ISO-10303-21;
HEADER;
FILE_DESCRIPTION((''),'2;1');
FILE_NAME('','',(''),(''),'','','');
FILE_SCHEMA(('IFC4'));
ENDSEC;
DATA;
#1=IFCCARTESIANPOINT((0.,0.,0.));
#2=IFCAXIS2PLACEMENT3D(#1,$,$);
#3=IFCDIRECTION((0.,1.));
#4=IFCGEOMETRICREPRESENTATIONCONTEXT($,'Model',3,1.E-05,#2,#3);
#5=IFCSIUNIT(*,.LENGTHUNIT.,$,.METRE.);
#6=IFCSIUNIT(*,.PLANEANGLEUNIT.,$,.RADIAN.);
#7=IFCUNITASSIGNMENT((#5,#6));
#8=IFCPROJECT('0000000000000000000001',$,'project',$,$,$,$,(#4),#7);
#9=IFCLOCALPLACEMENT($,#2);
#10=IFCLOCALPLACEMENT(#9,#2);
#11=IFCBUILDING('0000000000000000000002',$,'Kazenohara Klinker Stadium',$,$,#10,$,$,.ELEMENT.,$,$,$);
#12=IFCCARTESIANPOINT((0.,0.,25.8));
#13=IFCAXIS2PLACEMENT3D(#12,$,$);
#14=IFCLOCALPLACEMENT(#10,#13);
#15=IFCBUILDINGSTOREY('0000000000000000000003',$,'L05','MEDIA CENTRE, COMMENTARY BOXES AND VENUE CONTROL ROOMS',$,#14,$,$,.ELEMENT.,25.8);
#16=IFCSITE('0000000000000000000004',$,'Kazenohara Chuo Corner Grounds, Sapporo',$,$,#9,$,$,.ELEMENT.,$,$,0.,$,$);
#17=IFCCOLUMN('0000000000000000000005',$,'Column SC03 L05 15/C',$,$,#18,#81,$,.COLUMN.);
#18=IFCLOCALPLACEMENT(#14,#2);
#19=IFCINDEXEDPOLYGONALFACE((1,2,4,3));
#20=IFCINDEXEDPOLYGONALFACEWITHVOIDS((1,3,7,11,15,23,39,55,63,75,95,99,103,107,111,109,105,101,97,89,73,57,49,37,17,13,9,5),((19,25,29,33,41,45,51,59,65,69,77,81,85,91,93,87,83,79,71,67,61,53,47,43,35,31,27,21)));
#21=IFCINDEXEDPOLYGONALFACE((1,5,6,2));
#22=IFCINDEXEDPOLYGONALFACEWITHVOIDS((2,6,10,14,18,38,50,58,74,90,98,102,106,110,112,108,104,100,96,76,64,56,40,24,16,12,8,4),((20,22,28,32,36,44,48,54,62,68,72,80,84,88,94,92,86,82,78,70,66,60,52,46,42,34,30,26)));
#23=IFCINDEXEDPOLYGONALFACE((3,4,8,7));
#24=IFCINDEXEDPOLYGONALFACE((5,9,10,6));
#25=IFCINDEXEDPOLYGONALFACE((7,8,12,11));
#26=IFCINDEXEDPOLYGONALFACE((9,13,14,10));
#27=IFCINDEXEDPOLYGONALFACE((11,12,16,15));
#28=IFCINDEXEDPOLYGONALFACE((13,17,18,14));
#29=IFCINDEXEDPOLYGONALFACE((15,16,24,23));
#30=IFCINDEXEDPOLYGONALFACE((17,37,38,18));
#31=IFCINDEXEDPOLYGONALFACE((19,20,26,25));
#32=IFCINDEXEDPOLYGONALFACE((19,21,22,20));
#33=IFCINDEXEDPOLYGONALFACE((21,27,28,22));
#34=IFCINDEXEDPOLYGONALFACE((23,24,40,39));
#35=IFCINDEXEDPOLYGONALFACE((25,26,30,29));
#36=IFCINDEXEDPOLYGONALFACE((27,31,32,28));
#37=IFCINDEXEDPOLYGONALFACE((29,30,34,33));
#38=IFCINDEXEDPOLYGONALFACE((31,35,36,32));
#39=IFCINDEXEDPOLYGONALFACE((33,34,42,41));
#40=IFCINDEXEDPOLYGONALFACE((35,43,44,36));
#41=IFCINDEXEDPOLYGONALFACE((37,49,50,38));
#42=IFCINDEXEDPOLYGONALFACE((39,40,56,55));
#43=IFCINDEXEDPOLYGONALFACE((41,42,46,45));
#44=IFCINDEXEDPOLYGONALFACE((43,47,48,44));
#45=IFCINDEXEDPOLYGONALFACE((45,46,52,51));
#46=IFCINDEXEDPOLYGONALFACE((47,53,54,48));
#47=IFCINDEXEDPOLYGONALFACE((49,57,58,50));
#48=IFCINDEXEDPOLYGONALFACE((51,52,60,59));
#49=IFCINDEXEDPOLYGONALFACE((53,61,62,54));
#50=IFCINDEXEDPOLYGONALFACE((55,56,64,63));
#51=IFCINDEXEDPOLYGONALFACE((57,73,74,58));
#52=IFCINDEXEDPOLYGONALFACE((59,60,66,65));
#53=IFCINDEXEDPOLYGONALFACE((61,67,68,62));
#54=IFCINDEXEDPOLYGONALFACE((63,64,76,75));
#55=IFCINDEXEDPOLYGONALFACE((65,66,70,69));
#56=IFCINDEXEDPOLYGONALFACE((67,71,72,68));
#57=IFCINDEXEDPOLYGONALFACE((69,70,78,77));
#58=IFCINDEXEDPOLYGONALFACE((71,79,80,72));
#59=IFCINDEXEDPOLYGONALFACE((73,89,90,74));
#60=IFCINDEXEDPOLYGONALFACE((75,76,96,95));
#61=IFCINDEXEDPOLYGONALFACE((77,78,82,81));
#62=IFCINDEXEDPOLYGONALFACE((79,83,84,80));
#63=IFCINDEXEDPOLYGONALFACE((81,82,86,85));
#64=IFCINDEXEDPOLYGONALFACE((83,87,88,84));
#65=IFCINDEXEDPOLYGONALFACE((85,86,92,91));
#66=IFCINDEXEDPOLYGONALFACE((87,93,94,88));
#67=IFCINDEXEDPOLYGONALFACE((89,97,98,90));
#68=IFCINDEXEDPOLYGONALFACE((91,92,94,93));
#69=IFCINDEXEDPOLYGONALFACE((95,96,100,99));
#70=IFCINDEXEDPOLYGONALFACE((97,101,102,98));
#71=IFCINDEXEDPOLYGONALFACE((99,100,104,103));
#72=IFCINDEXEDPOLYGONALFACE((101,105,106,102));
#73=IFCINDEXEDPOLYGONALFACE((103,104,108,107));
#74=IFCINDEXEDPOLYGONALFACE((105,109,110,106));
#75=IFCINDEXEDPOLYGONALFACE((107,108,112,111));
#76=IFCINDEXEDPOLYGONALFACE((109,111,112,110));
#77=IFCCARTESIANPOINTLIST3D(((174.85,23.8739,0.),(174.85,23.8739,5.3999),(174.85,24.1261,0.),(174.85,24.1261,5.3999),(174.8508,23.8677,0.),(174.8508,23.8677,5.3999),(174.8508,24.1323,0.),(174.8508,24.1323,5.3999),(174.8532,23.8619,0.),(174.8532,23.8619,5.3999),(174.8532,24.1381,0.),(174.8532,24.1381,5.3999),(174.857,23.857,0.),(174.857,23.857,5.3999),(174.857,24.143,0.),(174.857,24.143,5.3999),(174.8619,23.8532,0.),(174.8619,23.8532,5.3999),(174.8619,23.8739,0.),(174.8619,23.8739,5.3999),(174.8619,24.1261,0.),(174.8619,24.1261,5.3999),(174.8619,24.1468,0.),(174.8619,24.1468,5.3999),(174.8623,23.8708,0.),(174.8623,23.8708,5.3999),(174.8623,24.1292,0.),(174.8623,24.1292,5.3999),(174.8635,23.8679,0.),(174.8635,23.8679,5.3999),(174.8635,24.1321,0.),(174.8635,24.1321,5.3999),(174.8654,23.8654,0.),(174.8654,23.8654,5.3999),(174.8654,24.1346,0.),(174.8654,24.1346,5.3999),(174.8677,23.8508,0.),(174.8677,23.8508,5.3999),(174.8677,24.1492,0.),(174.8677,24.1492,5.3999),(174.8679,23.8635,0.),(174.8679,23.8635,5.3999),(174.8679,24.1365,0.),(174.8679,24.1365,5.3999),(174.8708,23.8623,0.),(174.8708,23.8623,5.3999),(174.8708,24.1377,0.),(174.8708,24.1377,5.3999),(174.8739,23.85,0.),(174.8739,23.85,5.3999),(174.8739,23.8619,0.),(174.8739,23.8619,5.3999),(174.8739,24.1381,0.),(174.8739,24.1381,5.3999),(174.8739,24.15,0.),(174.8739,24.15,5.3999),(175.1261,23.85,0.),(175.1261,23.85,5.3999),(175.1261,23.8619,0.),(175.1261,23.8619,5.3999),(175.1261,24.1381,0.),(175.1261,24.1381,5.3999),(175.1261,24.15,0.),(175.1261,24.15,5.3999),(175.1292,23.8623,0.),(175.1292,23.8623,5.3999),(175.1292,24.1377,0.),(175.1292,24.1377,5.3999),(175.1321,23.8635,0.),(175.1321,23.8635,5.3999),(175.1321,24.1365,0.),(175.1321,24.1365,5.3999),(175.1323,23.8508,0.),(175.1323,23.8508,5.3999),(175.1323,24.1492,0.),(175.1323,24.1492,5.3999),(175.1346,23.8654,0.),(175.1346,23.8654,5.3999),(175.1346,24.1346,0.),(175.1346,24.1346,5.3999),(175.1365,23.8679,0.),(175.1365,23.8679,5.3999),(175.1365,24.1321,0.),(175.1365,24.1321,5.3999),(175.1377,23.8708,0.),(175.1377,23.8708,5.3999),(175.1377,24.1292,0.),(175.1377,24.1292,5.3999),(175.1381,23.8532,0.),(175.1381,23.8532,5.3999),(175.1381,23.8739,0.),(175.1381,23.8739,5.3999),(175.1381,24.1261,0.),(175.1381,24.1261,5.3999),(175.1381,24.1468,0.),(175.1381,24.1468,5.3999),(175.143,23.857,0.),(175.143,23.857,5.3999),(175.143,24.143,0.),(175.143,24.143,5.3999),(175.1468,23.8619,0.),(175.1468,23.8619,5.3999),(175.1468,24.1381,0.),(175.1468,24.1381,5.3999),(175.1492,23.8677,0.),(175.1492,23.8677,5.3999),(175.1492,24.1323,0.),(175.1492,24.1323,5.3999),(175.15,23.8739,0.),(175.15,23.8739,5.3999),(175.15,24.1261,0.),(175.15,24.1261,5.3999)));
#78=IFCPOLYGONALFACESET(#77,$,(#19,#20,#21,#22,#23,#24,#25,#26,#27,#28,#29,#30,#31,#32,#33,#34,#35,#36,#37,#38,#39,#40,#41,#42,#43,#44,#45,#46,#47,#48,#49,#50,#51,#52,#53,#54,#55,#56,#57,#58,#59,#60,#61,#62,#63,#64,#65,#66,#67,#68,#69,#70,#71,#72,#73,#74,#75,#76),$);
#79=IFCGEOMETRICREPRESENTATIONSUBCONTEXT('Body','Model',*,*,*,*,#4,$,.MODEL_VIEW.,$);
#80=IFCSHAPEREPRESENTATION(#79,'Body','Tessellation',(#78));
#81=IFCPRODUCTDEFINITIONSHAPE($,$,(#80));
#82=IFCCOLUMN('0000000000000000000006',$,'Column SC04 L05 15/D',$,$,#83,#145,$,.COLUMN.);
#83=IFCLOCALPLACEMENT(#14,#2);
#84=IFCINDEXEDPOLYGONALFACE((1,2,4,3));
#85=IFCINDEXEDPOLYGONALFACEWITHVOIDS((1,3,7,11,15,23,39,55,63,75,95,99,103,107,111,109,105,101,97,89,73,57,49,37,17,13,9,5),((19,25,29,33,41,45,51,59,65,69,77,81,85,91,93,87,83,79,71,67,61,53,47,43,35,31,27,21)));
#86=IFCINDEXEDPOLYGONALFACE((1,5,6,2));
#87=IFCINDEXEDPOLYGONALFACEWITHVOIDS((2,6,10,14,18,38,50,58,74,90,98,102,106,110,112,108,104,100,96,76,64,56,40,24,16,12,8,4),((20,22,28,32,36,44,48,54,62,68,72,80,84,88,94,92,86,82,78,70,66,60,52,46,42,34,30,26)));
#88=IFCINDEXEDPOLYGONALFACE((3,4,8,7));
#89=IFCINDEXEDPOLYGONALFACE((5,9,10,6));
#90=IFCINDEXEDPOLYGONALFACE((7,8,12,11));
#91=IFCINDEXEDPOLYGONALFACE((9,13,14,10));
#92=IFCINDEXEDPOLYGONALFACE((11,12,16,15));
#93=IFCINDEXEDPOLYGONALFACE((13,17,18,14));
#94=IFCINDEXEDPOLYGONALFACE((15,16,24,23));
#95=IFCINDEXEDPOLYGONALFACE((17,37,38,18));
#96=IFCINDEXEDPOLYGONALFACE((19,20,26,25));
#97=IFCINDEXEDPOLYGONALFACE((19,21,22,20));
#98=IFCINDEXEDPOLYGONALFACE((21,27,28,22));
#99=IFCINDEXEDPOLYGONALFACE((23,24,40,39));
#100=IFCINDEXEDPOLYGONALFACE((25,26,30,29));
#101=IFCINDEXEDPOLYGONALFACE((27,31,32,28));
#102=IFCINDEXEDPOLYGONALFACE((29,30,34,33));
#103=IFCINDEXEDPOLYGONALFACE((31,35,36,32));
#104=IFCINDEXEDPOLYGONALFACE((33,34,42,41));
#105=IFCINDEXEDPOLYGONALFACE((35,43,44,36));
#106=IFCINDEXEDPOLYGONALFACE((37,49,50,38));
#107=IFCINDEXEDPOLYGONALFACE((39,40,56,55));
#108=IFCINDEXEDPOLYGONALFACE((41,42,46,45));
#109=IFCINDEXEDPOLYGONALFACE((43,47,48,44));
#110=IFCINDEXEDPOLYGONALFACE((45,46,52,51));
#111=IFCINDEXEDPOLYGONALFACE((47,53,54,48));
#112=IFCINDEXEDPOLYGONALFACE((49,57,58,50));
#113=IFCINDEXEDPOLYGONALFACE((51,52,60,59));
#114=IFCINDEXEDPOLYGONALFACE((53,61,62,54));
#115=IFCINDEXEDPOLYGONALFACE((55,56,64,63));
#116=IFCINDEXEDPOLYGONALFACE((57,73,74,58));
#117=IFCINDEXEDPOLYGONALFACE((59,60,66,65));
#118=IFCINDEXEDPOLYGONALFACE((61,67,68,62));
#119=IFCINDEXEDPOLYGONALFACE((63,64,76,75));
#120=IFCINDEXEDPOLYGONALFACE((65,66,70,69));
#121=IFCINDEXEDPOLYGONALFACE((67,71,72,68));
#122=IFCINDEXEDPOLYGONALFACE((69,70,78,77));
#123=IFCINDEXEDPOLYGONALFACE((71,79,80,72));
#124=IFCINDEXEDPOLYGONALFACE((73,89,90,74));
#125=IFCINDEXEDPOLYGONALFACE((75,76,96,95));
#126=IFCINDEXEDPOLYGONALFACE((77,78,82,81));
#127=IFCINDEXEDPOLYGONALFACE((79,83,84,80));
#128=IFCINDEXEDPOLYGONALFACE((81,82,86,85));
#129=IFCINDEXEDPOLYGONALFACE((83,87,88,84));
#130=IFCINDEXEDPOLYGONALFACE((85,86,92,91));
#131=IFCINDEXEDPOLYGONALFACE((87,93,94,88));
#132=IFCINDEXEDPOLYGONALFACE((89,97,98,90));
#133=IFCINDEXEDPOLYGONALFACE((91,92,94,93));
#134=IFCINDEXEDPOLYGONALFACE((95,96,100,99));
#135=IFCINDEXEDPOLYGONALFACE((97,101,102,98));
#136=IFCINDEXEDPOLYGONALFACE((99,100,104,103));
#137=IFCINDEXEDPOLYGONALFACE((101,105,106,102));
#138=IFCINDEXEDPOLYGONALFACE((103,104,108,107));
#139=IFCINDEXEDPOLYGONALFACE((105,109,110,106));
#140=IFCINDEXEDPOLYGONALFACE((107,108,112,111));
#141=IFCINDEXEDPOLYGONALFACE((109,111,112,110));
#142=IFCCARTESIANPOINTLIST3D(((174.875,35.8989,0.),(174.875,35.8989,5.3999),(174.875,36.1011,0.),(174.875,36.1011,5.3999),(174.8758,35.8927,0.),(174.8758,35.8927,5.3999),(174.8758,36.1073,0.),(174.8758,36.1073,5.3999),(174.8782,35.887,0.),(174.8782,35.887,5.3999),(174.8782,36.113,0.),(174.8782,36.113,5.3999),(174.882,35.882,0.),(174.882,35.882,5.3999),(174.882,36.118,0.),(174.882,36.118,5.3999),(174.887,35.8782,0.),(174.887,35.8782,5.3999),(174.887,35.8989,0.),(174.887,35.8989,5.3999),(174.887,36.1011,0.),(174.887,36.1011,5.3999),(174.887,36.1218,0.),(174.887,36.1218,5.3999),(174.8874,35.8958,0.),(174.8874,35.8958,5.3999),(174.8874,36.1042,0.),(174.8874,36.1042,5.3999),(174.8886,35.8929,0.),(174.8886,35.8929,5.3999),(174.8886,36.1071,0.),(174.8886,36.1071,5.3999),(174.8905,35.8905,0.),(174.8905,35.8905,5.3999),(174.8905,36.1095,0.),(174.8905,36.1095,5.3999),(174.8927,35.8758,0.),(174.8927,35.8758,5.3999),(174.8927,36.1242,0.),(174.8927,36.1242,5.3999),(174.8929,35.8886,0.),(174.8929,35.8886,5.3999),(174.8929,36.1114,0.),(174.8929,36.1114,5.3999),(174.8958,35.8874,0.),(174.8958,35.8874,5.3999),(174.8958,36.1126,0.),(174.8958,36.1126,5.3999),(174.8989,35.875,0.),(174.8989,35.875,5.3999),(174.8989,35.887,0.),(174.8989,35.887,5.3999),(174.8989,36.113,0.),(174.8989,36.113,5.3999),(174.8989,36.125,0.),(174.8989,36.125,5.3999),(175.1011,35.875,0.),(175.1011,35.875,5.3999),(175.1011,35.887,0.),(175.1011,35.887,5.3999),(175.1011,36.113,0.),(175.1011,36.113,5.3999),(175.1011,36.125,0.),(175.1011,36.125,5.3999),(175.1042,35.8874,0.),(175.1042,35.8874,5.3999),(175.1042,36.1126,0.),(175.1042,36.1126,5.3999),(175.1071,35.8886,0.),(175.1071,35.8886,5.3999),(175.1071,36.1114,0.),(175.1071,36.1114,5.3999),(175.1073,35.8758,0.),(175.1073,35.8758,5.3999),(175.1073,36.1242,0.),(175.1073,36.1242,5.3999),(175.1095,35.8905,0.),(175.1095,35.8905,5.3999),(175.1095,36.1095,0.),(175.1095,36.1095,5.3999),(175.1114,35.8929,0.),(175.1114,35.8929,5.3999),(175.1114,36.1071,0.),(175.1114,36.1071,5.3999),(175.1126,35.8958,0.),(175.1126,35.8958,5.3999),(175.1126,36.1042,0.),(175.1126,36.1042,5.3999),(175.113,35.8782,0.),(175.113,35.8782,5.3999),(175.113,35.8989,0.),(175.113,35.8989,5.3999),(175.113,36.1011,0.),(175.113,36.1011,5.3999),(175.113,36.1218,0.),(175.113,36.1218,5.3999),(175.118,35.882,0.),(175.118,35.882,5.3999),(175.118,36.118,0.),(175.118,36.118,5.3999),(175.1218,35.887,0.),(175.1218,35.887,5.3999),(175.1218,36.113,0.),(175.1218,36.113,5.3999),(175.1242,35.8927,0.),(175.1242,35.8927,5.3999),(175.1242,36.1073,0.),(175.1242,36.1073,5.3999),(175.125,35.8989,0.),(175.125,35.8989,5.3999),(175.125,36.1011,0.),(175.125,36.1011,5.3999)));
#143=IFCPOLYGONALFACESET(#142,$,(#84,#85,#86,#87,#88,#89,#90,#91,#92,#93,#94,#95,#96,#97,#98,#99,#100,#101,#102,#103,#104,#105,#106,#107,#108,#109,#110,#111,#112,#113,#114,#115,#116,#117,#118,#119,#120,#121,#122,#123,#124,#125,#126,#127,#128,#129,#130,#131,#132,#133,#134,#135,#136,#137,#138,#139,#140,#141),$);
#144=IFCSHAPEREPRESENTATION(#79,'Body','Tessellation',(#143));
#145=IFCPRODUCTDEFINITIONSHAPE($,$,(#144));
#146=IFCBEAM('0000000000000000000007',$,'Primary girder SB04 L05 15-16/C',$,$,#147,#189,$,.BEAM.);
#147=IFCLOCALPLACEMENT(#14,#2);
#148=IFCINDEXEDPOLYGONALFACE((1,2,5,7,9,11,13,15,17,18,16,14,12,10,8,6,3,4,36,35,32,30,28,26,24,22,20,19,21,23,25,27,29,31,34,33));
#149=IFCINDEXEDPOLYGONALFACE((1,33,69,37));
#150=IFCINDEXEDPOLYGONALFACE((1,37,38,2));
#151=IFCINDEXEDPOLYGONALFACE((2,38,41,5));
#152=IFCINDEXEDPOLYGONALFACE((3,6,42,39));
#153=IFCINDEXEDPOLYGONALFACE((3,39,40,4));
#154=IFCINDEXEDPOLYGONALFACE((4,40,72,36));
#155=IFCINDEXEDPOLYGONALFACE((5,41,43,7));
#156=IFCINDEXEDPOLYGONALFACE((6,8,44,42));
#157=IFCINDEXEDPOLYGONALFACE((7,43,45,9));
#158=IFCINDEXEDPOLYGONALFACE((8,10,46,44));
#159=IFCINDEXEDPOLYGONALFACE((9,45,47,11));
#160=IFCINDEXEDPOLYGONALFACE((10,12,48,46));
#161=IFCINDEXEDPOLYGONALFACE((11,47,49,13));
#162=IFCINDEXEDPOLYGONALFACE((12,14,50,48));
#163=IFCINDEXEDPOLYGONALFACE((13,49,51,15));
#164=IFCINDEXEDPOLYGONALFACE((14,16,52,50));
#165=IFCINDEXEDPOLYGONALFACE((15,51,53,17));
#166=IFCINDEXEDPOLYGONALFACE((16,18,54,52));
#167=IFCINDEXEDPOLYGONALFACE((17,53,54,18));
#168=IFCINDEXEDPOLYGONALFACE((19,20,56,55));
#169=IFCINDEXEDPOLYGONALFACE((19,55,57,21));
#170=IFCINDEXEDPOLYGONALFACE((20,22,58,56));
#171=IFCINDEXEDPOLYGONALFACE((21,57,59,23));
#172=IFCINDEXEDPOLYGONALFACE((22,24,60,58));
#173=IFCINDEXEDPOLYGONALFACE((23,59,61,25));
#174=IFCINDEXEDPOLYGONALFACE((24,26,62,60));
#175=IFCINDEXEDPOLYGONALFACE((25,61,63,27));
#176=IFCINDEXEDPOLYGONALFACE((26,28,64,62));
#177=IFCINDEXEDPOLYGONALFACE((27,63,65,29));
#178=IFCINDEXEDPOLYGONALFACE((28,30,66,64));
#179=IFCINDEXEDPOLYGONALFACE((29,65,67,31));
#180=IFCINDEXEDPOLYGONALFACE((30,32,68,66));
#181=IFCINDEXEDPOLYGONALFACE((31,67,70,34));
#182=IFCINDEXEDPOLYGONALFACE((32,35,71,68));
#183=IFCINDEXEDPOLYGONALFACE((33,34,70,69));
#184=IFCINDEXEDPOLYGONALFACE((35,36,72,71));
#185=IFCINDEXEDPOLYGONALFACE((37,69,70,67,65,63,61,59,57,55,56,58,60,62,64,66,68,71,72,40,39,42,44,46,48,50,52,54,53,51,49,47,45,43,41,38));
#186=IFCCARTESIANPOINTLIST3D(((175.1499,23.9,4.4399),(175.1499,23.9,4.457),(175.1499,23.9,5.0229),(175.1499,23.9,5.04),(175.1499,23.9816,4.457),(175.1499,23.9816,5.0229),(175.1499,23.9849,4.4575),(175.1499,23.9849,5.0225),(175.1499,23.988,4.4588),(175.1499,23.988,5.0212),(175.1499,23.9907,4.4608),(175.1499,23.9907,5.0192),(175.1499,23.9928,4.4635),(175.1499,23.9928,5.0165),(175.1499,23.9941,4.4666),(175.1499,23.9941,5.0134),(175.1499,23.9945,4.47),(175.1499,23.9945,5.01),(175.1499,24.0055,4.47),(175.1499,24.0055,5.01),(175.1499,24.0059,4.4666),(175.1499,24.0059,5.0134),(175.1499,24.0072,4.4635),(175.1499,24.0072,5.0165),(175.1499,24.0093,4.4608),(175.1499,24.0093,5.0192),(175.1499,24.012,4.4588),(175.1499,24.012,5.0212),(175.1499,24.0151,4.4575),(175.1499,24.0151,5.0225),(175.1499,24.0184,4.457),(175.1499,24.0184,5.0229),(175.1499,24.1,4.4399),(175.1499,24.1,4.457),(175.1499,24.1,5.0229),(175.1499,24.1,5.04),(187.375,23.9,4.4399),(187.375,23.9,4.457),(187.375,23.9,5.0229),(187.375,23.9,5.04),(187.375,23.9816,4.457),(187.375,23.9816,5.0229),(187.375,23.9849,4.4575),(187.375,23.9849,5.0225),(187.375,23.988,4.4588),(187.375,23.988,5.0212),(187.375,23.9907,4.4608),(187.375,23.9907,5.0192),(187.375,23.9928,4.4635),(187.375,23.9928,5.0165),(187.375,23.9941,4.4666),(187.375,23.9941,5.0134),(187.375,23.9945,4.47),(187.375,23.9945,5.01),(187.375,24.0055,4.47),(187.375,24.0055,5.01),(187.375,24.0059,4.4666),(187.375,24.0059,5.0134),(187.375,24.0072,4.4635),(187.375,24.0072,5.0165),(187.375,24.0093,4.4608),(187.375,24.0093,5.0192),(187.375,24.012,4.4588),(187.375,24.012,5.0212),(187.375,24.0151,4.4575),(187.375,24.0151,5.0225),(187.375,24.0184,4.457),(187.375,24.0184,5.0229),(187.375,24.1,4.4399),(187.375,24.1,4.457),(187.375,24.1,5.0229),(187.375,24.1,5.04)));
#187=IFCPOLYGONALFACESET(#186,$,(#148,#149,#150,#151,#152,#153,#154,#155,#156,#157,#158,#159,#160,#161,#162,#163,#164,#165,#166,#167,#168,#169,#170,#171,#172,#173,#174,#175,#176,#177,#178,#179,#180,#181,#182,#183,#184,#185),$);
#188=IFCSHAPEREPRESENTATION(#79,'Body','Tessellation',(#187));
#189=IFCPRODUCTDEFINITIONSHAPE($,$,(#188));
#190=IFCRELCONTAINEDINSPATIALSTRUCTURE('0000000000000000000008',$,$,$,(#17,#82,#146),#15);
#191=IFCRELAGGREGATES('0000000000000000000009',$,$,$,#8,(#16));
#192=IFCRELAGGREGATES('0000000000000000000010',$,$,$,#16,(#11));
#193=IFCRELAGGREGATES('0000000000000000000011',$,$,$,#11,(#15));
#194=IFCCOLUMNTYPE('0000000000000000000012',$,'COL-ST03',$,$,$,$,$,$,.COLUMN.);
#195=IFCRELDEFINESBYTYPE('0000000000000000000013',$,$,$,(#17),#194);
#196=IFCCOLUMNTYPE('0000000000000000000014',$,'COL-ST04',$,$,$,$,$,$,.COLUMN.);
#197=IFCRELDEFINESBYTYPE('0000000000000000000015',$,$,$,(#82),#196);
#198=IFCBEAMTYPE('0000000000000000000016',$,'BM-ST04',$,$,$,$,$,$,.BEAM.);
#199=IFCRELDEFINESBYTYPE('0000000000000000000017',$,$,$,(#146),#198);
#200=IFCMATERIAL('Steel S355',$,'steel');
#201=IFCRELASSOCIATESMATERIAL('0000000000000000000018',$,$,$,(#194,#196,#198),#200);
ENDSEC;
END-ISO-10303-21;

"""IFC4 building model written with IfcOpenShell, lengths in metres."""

from ifc_helpers import new_model, si_unit, direction, frame, origin, origin_2d, place, context, subcontext, project, spatial, hollow_rectangle, i_section, extrude, material, material_profile, profile_set, type_object, element, save


model = new_model("IFC4")

# Units and contexts
model_context = context("Model", 3, precision=1e-05, world=origin(), true_north=direction((0.0, 1.0)))
body_context = subcontext(model_context, "Body", "Model", "MODEL_VIEW")
ifc_project = project(units=[si_unit("LENGTHUNIT", "METRE"), si_unit("PLANEANGLEUNIT", "RADIAN")], contexts=[model_context])

# Site, building, storey
site_placement = place(None, origin())
site = spatial("IfcSite", under=ifc_project, at=site_placement, Name="Kazenohara Chuo Corner Grounds, Sapporo", CompositionType="ELEMENT", RefElevation=0.0)
building_placement = place(site_placement, origin())
building = spatial("IfcBuilding", under=site, at=building_placement, Name="Kazenohara Klinker Stadium", CompositionType="ELEMENT")
storey_placement = place(building_placement, frame((0.0, 0.0, 25.8)))
storey = spatial("IfcBuildingStorey", under=building, at=storey_placement, Name="L05", Description="MEDIA CENTRE, COMMENTARY BOXES AND VENUE CONTROL ROOMS", CompositionType="ELEMENT", Elevation=25.8)

# Columns
ifc_material_1 = material(Name="Steel S355", Category="steel")
ifc_material_profile_1 = material_profile(ifc_material_1, hollow_rectangle(XDim=0.3, YDim=0.3, WallThickness=0.012, InnerFilletRadius=0.012, OuterFilletRadius=0.0239, at=origin_2d()), Name="SHS-300x300x12")
ifc_profile_set_1 = profile_set([ifc_material_profile_1], Name="Steel S355")
column_type_1 = type_object("IfcColumnType", Name="COL-ST03", PredefinedType="COLUMN", material=ifc_profile_set_1)
column_1_placement = place(storey_placement, frame((175.0, 24.0, 0.0), z_axis=(0.0, 0.0, 1.0), x_axis=(1.0, 0.0, 0.0)))
element("IfcColumn", 1, at=column_1_placement, inside=storey, type_object=column_type_1, Name="Column SC03 L05 15/C", PredefinedType="COLUMN", context=body_context, shape_type="SweptSolid", body=[
    extrude(hollow_rectangle(XDim=0.3, YDim=0.3, WallThickness=0.012, InnerFilletRadius=0.012, OuterFilletRadius=0.0239, at=origin_2d()), origin(), (0.0, 0.0, 1.0), 5.3999),
])
ifc_material_profile_2 = material_profile(ifc_material_1, hollow_rectangle(XDim=0.25, YDim=0.25, WallThickness=0.012, InnerFilletRadius=0.012, OuterFilletRadius=0.0239, at=origin_2d()), Name="SHS-250x250x12")
ifc_profile_set_2 = profile_set([ifc_material_profile_2], Name="Steel S355")
column_type_2 = type_object("IfcColumnType", Name="COL-ST04", PredefinedType="COLUMN", material=ifc_profile_set_2)
column_2_placement = place(storey_placement, frame((175.0, 36.0, 0.0), z_axis=(0.0, 0.0, 1.0), x_axis=(1.0, 0.0, 0.0)))
element("IfcColumn", 2, at=column_2_placement, inside=storey, type_object=column_type_2, Name="Column SC04 L05 15/D", PredefinedType="COLUMN", context=body_context, shape_type="SweptSolid", body=[
    extrude(hollow_rectangle(XDim=0.25, YDim=0.25, WallThickness=0.012, InnerFilletRadius=0.012, OuterFilletRadius=0.0239, at=origin_2d()), origin(), (0.0, 0.0, 1.0), 5.3999),
])

# Beam
ifc_material_profile_3 = material_profile(ifc_material_1, i_section(OverallWidth=0.2, OverallDepth=0.6001, WebThickness=0.011, FlangeThickness=0.0171, FilletRadius=0.0129, at=origin_2d()), Name="H-600x200x11x17")
ifc_profile_set_3 = profile_set([ifc_material_profile_3], Name="Steel S355")
beam_type_1 = type_object("IfcBeamType", Name="BM-ST04", PredefinedType="BEAM", material=ifc_profile_set_3)
beam_1_placement = place(storey_placement, frame((175.1499, 24.0, 4.74), z_axis=(1.0, 0.0, 0.0), x_axis=(0.0, 1.0, 0.0)))
element("IfcBeam", 3, at=beam_1_placement, inside=storey, type_object=beam_type_1, Name="Primary girder SB04 L05 15-16/C", PredefinedType="BEAM", context=body_context, shape_type="SweptSolid", body=[
    extrude(i_section(OverallWidth=0.2, OverallDepth=0.6001, WebThickness=0.011, FlangeThickness=0.0171, FilletRadius=0.0129, at=origin_2d()), origin(), (0.0, 0.0, 1.0), 12.2251),
])

save(model, "model.ifc")
